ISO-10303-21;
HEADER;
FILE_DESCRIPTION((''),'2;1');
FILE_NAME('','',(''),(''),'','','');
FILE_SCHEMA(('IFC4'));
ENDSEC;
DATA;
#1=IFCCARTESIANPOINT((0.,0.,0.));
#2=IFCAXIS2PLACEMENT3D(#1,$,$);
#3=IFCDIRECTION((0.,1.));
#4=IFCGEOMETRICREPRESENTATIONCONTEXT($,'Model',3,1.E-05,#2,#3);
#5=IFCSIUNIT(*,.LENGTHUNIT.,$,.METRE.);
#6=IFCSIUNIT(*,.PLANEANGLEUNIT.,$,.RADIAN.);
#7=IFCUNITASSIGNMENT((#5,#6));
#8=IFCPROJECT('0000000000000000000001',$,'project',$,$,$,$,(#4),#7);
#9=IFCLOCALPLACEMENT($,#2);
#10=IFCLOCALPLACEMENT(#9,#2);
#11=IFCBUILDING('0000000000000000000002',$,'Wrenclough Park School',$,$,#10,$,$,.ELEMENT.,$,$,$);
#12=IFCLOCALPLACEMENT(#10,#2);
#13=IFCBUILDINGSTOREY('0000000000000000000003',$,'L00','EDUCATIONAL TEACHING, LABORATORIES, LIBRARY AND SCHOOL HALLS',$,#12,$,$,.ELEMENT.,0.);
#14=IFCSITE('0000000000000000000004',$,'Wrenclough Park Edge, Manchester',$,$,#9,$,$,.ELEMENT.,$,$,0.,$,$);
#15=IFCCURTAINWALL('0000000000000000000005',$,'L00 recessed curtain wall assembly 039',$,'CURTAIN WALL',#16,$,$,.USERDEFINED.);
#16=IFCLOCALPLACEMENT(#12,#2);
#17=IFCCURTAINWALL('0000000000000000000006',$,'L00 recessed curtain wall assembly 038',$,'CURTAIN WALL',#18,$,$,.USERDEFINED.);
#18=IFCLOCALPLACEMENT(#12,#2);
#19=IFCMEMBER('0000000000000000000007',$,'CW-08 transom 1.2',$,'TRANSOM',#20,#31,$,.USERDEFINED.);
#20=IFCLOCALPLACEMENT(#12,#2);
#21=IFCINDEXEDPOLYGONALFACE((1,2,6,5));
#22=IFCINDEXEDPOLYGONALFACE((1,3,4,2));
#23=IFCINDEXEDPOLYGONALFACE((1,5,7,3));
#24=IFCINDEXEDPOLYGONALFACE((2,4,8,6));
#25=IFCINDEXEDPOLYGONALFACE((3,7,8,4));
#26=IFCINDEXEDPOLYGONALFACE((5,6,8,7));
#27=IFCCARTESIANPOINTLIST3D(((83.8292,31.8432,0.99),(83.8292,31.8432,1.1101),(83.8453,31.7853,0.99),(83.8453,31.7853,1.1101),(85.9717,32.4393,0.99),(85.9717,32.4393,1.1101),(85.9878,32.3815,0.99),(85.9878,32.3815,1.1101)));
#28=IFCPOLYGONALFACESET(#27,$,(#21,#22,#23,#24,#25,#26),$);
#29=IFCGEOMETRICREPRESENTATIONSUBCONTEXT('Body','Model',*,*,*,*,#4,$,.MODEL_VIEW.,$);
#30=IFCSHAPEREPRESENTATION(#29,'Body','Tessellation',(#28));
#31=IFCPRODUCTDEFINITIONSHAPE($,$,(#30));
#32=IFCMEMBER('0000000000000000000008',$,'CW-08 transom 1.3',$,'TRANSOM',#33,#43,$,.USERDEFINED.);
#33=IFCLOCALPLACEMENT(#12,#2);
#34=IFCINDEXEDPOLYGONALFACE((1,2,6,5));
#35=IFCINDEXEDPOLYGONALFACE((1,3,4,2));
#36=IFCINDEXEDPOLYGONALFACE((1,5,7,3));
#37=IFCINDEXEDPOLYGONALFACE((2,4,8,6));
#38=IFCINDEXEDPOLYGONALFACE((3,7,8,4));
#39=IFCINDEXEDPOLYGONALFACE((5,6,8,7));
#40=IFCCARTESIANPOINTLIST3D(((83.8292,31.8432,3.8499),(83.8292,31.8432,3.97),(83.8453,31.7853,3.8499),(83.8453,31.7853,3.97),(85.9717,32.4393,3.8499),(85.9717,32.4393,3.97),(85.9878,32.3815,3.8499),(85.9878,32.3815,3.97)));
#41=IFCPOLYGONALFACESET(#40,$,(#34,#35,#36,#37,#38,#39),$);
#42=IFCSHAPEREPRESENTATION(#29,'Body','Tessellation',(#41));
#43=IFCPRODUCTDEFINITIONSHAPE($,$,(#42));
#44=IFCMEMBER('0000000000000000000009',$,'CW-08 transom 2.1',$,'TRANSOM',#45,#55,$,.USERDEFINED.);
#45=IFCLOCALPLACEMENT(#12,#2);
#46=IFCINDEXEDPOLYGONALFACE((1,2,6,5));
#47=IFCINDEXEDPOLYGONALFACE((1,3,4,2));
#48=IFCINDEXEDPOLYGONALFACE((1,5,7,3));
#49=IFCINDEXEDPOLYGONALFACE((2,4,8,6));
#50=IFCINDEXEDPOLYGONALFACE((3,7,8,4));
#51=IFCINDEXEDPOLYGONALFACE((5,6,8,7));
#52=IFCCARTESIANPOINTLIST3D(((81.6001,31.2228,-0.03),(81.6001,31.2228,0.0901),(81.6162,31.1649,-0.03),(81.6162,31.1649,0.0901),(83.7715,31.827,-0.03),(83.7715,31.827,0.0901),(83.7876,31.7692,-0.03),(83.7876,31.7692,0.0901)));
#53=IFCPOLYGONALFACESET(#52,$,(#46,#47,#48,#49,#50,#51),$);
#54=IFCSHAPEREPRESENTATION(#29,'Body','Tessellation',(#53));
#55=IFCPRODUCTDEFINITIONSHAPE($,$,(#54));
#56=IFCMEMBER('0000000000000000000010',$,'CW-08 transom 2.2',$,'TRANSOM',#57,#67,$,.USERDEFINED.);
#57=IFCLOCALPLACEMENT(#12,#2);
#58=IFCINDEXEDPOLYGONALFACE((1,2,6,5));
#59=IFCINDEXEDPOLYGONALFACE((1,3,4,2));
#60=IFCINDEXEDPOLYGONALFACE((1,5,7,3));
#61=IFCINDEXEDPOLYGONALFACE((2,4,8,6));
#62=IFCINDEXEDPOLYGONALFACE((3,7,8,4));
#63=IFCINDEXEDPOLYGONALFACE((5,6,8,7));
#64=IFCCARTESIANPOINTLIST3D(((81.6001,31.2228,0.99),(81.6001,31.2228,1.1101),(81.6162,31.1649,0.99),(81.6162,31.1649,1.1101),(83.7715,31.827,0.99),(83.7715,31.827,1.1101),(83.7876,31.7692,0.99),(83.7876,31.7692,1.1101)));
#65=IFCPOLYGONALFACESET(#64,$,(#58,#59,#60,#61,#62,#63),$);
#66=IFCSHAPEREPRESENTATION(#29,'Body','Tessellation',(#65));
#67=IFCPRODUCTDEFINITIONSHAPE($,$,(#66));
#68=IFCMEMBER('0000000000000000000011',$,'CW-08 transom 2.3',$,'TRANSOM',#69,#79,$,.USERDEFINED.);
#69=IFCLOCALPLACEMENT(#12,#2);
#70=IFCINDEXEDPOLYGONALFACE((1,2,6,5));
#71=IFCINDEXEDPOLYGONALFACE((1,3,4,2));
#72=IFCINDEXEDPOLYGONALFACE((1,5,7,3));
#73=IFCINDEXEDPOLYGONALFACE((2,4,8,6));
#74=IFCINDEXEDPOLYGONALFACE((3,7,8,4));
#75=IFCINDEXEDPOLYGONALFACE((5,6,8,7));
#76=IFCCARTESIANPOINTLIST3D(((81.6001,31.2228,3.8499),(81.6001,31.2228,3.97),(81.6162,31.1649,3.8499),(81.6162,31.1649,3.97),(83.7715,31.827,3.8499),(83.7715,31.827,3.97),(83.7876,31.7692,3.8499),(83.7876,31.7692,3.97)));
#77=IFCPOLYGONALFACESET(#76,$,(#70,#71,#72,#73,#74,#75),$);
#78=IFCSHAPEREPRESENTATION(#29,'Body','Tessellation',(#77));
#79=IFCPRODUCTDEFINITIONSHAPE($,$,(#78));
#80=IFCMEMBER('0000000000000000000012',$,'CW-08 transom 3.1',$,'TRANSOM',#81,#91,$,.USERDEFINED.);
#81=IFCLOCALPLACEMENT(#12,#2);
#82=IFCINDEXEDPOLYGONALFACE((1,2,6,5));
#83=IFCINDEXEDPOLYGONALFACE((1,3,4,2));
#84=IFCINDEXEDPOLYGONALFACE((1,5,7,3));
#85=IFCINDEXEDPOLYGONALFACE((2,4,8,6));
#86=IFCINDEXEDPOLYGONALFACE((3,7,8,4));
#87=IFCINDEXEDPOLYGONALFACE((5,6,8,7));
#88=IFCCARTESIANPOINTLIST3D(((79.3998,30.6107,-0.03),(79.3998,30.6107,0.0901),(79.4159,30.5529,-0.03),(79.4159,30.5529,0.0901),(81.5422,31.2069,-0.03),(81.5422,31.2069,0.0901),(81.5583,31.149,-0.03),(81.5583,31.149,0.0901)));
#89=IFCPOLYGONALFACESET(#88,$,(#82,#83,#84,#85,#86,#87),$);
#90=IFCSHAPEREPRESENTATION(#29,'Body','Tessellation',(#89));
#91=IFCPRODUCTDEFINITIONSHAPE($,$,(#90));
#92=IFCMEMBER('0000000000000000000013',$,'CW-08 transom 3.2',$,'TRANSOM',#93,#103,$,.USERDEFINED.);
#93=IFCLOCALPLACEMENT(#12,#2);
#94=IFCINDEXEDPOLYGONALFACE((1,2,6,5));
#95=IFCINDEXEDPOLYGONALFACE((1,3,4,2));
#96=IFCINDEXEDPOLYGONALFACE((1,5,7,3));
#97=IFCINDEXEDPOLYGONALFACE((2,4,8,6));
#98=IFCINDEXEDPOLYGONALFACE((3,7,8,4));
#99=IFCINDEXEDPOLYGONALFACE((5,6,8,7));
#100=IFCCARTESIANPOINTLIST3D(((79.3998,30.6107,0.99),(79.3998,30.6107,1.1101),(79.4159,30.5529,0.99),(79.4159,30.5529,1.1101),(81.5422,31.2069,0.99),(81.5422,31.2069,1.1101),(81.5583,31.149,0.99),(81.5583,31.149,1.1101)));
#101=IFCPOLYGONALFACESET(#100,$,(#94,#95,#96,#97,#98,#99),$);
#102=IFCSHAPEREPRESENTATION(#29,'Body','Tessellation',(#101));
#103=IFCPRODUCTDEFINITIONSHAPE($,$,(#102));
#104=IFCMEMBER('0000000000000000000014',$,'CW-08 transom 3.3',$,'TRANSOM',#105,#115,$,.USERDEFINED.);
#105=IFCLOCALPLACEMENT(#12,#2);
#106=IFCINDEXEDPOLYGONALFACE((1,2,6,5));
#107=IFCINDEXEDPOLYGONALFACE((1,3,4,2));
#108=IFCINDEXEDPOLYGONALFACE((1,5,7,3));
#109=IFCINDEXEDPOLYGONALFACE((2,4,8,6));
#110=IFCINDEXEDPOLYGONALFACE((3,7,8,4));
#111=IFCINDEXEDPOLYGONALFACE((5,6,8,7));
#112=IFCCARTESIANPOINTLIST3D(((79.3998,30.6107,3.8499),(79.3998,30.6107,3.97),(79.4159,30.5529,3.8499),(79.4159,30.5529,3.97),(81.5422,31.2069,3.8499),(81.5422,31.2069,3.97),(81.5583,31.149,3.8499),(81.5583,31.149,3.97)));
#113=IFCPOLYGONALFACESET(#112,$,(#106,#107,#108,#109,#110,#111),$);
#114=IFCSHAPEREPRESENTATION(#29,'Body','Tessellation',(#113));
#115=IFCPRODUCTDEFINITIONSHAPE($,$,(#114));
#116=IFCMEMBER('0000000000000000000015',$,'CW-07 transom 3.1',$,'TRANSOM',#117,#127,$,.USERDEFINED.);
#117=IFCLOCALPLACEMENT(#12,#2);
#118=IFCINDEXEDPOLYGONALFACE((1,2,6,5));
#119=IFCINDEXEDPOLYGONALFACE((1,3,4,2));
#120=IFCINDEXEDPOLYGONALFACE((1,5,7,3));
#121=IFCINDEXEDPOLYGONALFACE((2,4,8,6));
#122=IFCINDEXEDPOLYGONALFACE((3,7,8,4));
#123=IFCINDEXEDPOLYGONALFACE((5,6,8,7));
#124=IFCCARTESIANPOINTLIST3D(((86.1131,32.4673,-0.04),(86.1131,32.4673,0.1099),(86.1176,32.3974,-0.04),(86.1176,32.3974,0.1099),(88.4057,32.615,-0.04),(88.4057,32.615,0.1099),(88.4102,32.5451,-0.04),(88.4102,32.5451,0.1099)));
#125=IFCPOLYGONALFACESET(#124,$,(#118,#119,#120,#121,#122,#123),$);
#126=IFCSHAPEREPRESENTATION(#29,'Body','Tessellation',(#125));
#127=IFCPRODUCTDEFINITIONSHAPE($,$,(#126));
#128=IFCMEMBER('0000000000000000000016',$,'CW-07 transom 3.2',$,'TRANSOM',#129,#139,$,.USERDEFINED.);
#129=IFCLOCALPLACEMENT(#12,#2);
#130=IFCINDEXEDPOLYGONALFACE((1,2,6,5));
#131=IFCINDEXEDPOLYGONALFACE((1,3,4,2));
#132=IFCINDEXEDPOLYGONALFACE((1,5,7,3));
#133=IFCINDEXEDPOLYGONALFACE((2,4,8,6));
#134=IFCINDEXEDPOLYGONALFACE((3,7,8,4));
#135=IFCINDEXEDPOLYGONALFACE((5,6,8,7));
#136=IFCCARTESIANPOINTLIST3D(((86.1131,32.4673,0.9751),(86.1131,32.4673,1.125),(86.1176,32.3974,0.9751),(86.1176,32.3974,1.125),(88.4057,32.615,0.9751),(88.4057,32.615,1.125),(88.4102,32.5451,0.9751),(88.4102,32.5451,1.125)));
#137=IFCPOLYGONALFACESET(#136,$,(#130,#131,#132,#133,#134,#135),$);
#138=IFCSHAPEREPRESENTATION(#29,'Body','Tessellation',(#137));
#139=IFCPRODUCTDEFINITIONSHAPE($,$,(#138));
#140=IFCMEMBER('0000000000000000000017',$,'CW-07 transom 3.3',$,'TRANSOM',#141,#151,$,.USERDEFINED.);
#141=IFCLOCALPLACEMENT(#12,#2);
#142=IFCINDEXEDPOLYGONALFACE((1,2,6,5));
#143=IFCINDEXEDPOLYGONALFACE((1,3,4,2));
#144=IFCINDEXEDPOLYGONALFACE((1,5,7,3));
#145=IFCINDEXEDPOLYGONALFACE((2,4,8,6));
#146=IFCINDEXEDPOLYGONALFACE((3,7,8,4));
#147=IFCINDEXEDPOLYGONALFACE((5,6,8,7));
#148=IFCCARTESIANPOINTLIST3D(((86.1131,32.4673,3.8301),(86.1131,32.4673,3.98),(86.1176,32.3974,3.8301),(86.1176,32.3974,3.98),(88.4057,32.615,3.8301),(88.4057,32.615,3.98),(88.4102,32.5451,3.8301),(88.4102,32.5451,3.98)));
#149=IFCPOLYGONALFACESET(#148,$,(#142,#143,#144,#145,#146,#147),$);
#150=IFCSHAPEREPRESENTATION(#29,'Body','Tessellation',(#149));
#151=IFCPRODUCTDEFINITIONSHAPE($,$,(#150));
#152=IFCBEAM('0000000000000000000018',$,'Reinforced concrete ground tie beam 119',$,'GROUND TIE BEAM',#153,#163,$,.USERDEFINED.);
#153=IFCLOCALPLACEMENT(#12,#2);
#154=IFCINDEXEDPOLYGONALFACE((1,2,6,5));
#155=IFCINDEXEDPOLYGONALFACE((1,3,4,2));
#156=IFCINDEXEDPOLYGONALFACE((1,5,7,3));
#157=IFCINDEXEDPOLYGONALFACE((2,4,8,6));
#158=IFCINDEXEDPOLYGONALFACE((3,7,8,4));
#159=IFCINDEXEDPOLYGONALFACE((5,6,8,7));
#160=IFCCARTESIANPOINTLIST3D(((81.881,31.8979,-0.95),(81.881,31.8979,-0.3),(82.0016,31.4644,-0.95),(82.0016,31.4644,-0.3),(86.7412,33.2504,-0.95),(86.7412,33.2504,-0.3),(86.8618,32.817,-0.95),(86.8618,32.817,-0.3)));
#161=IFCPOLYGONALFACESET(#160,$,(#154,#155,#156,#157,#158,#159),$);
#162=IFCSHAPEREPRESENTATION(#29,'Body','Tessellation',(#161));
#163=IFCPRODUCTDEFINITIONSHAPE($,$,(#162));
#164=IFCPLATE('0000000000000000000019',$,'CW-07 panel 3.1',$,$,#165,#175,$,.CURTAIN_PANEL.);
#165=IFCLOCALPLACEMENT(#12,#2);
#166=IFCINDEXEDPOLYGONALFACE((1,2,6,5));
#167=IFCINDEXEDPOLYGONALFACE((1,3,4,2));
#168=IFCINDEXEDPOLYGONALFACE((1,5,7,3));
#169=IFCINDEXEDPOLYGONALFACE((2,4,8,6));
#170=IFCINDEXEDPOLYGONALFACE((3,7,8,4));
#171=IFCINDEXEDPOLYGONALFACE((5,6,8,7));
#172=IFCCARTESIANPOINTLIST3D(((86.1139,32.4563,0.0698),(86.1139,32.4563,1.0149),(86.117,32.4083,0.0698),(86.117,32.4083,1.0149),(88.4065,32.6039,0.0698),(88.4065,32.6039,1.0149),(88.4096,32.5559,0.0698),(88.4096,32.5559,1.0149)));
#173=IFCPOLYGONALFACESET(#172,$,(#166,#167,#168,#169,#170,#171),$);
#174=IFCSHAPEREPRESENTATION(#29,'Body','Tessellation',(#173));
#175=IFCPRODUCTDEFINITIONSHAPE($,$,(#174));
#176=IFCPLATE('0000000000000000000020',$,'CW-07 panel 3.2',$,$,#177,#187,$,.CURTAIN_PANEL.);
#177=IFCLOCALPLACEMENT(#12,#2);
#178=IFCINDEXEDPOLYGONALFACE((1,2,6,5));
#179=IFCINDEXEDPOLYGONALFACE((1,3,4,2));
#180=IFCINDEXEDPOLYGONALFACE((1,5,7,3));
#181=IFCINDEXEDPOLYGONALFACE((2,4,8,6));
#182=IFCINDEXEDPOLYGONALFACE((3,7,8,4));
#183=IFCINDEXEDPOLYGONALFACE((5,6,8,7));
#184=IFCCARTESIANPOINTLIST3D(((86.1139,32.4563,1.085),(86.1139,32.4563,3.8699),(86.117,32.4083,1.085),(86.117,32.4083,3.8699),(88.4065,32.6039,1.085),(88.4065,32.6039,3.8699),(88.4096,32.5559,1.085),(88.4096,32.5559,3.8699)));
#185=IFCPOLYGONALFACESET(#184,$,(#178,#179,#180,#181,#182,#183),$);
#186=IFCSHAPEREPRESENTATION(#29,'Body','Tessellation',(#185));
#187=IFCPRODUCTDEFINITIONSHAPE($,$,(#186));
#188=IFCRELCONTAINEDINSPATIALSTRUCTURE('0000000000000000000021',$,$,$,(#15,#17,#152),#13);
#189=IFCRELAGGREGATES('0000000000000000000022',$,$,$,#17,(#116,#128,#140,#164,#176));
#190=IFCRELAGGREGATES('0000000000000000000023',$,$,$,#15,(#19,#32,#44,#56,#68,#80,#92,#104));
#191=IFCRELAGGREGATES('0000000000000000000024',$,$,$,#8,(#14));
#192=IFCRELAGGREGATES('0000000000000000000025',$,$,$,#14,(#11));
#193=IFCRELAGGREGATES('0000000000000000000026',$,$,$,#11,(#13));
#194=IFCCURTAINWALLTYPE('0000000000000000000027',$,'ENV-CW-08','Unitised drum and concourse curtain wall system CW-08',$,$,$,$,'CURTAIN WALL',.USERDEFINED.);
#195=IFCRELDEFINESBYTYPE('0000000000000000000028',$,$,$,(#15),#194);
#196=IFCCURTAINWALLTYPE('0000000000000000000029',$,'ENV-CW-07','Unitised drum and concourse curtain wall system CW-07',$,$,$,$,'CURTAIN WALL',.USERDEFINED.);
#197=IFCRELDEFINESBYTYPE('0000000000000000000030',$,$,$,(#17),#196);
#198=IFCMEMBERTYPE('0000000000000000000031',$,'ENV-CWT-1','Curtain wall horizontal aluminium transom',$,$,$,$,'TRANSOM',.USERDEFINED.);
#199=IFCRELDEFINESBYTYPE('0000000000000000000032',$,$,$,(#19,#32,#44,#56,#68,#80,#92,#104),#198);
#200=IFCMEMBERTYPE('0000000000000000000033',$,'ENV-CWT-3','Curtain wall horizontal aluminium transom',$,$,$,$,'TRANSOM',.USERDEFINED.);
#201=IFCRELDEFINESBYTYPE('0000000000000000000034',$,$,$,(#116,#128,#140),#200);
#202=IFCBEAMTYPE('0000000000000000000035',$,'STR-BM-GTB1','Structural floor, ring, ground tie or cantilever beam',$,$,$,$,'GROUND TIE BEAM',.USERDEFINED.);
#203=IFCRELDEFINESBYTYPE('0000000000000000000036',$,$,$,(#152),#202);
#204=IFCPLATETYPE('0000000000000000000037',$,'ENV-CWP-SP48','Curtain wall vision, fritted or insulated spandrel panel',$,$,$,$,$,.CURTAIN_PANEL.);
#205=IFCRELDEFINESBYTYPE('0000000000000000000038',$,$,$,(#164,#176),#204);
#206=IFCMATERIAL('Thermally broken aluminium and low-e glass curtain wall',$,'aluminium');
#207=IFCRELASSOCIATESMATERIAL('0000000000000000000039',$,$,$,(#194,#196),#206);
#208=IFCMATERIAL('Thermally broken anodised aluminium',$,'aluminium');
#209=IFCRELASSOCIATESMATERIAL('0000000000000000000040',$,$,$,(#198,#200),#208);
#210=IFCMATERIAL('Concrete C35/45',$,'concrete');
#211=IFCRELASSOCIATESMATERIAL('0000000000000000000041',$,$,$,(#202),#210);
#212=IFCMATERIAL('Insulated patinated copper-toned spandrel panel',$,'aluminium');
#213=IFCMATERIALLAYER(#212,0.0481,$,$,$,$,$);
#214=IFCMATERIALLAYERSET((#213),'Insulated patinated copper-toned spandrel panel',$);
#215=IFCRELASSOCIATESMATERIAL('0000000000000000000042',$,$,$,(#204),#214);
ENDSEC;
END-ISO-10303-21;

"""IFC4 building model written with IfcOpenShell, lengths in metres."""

from ifc_helpers import new_model, si_unit, direction, frame, origin, origin_2d, place, context, subcontext, project, spatial, rectangle, extrude, material, layer, layer_set, material_profile, profile_set, type_object, element, aggregate, save


model = new_model("IFC4")

# Units and contexts
model_context = context("Model", 3, precision=1e-05, world=origin(), true_north=direction((0.0, 1.0)))
body_context = subcontext(model_context, "Body", "Model", "MODEL_VIEW")
ifc_project = project(units=[si_unit("LENGTHUNIT", "METRE"), si_unit("PLANEANGLEUNIT", "RADIAN")], contexts=[model_context])

# Site, building, storey
site_placement = place(None, origin())
site = spatial("IfcSite", under=ifc_project, at=site_placement, Name="Wrenclough Park Edge, Manchester", CompositionType="ELEMENT", RefElevation=0.0)
building_placement = place(site_placement, origin())
building = spatial("IfcBuilding", under=site, at=building_placement, Name="Wrenclough Park School", CompositionType="ELEMENT")
storey_placement = place(building_placement, origin())
storey = spatial("IfcBuildingStorey", under=building, at=storey_placement, Name="L00", Description="EDUCATIONAL TEACHING, LABORATORIES, LIBRARY AND SCHOOL HALLS", CompositionType="ELEMENT", Elevation=0.0)

# Shared definitions
ifc_material_1 = material(Name="Concrete C35/45", Category="concrete")

# Curtain walls
ifc_material_2 = material(Name="Thermally broken aluminium and low-e glass curtain wall", Category="aluminium")
curtain_wall_type_1 = type_object("IfcCurtainWallType", Name="ENV-CW-08", Description="Unitised drum and concourse curtain wall system CW-08", ElementType="CURTAIN WALL", PredefinedType="USERDEFINED", material=ifc_material_2)
curtain_wall_1_placement = place(storey_placement, origin())
curtain_wall_1 = element("IfcCurtainWall", 1, at=curtain_wall_1_placement, inside=storey, type_object=curtain_wall_type_1, Name="L00 recessed curtain wall assembly 039", ObjectType="CURTAIN WALL", PredefinedType="USERDEFINED")
ifc_material_3 = material(Name="Thermally broken anodised aluminium", Category="aluminium")
curtain_wall_type_2 = type_object("IfcCurtainWallType", Name="ENV-CW-07", Description="Unitised drum and concourse curtain wall system CW-07", ElementType="CURTAIN WALL", PredefinedType="USERDEFINED", material=ifc_material_2)
curtain_wall_2_placement = place(storey_placement, origin())
curtain_wall_2 = element("IfcCurtainWall", 2, at=curtain_wall_2_placement, inside=storey, type_object=curtain_wall_type_2, Name="L00 recessed curtain wall assembly 038", ObjectType="CURTAIN WALL", PredefinedType="USERDEFINED")

# Members
ifc_material_profile_1 = material_profile(ifc_material_3, rectangle(XDim=0.0601, YDim=0.1201, at=origin_2d()), Name="AL TRANSOM 60x120")
ifc_profile_set_1 = profile_set([ifc_material_profile_1], Name="Thermally broken anodised aluminium")
member_type_1 = type_object("IfcMemberType", Name="ENV-CWT-1", Description="Curtain wall horizontal aluminium transom", ElementType="TRANSOM", PredefinedType="USERDEFINED", material=ifc_profile_set_1)
member_1_placement = place(storey_placement, frame((85.9797, 32.4104, 1.05), z_axis=(-0.963398, -0.268074, 0.0), x_axis=(0.268074, -0.963398, 0.0)))
member_1 = element("IfcMember", 3, at=member_1_placement, type_object=member_type_1, Name="CW-08 transom 1.2", ObjectType="TRANSOM", PredefinedType="USERDEFINED", context=body_context, shape_type="SweptSolid", body=[
    extrude(rectangle(XDim=0.0601, YDim=0.1201, at=origin_2d()), origin(), (0.0, 0.0, 1.0), 2.2239),
])
member_2_placement = place(storey_placement, frame((85.9797, 32.4104, 3.9099), z_axis=(-0.963398, -0.268074, 0.0), x_axis=(0.268074, -0.963398, 0.0)))
member_2 = element("IfcMember", 4, at=member_2_placement, type_object=member_type_1, Name="CW-08 transom 1.3", ObjectType="TRANSOM", PredefinedType="USERDEFINED", context=body_context, shape_type="SweptSolid", body=[
    extrude(rectangle(XDim=0.0601, YDim=0.1201, at=origin_2d()), origin(), (0.0, 0.0, 1.0), 2.2239),
])
member_3_placement = place(storey_placement, frame((83.7795, 31.7981, 0.03), z_axis=(-0.963394, -0.268091, 0.0), x_axis=(0.268091, -0.963394, 0.0)))
member_3 = element("IfcMember", 5, at=member_3_placement, type_object=member_type_1, Name="CW-08 transom 2.1", ObjectType="TRANSOM", PredefinedType="USERDEFINED", context=body_context, shape_type="SweptSolid", body=[
    extrude(rectangle(XDim=0.0601, YDim=0.1201, at=origin_2d()), origin(), (0.0, 0.0, 1.0), 2.2539),
])
member_4_placement = place(storey_placement, frame((83.7795, 31.7981, 1.05), z_axis=(-0.963394, -0.268091, 0.0), x_axis=(0.268091, -0.963394, 0.0)))
member_4 = element("IfcMember", 6, at=member_4_placement, type_object=member_type_1, Name="CW-08 transom 2.2", ObjectType="TRANSOM", PredefinedType="USERDEFINED", context=body_context, shape_type="SweptSolid", body=[
    extrude(rectangle(XDim=0.0601, YDim=0.1201, at=origin_2d()), origin(), (0.0, 0.0, 1.0), 2.2539),
])
member_5_placement = place(storey_placement, frame((83.7795, 31.7981, 3.9099), z_axis=(-0.963394, -0.268091, 0.0), x_axis=(0.268091, -0.963394, 0.0)))
member_5 = element("IfcMember", 7, at=member_5_placement, type_object=member_type_1, Name="CW-08 transom 2.3", ObjectType="TRANSOM", PredefinedType="USERDEFINED", context=body_context, shape_type="SweptSolid", body=[
    extrude(rectangle(XDim=0.0601, YDim=0.1201, at=origin_2d()), origin(), (0.0, 0.0, 1.0), 2.2539),
])
member_6_placement = place(storey_placement, frame((81.5503, 31.178, 0.03), z_axis=(-0.963398, -0.268074, 0.0), x_axis=(0.268074, -0.963398, 0.0)))
member_6 = element("IfcMember", 8, at=member_6_placement, type_object=member_type_1, Name="CW-08 transom 3.1", ObjectType="TRANSOM", PredefinedType="USERDEFINED", context=body_context, shape_type="SweptSolid", body=[
    extrude(rectangle(XDim=0.0601, YDim=0.1201, at=origin_2d()), origin(), (0.0, 0.0, 1.0), 2.2239),
])
member_7_placement = place(storey_placement, frame((81.5503, 31.178, 1.05), z_axis=(-0.963398, -0.268074, 0.0), x_axis=(0.268074, -0.963398, 0.0)))
member_7 = element("IfcMember", 9, at=member_7_placement, type_object=member_type_1, Name="CW-08 transom 3.2", ObjectType="TRANSOM", PredefinedType="USERDEFINED", context=body_context, shape_type="SweptSolid", body=[
    extrude(rectangle(XDim=0.0601, YDim=0.1201, at=origin_2d()), origin(), (0.0, 0.0, 1.0), 2.2239),
])
member_8_placement = place(storey_placement, frame((81.5503, 31.178, 3.9099), z_axis=(-0.963398, -0.268074, 0.0), x_axis=(0.268074, -0.963398, 0.0)))
member_8 = element("IfcMember", 10, at=member_8_placement, type_object=member_type_1, Name="CW-08 transom 3.3", ObjectType="TRANSOM", PredefinedType="USERDEFINED", context=body_context, shape_type="SweptSolid", body=[
    extrude(rectangle(XDim=0.0601, YDim=0.1201, at=origin_2d()), origin(), (0.0, 0.0, 1.0), 2.2239),
])
ifc_material_profile_2 = material_profile(ifc_material_3, rectangle(XDim=0.0701, YDim=0.1499, at=origin_2d()), Name="AL TRANSOM 70x150")
ifc_profile_set_2 = profile_set([ifc_material_profile_2], Name="Thermally broken anodised aluminium")
member_type_2 = type_object("IfcMemberType", Name="ENV-CWT-3", Description="Curtain wall horizontal aluminium transom", ElementType="TRANSOM", PredefinedType="USERDEFINED", material=ifc_profile_set_2)
member_9_placement = place(storey_placement, frame((88.408, 32.5801, 0.0349), z_axis=(-0.997931, -0.06429, 0.0), x_axis=(0.06429, -0.997931, 0.0)))
member_9 = element("IfcMember", 11, at=member_9_placement, type_object=member_type_2, Name="CW-07 transom 3.1", ObjectType="TRANSOM", PredefinedType="USERDEFINED", context=body_context, shape_type="SweptSolid", body=[
    extrude(rectangle(XDim=0.0701, YDim=0.1499, at=origin_2d()), origin(), (0.0, 0.0, 1.0), 2.2974),
])
member_10_placement = place(storey_placement, frame((88.408, 32.5801, 1.05), z_axis=(-0.997931, -0.06429, 0.0), x_axis=(0.06429, -0.997931, 0.0)))
member_10 = element("IfcMember", 12, at=member_10_placement, type_object=member_type_2, Name="CW-07 transom 3.2", ObjectType="TRANSOM", PredefinedType="USERDEFINED", context=body_context, shape_type="SweptSolid", body=[
    extrude(rectangle(XDim=0.0701, YDim=0.1499, at=origin_2d()), origin(), (0.0, 0.0, 1.0), 2.2974),
])
member_11_placement = place(storey_placement, frame((88.408, 32.5801, 3.905), z_axis=(-0.997931, -0.06429, 0.0), x_axis=(0.06429, -0.997931, 0.0)))
member_11 = element("IfcMember", 13, at=member_11_placement, type_object=member_type_2, Name="CW-07 transom 3.3", ObjectType="TRANSOM", PredefinedType="USERDEFINED", context=body_context, shape_type="SweptSolid", body=[
    extrude(rectangle(XDim=0.0701, YDim=0.1499, at=origin_2d()), origin(), (0.0, 0.0, 1.0), 2.2974),
])

# Beam
ifc_material_profile_3 = material_profile(ifc_material_1, rectangle(XDim=0.45, YDim=0.6499, at=origin_2d()), Name="RC GROUND 450x650")
ifc_profile_set_3 = profile_set([ifc_material_profile_3], Name="Concrete C35/45")
beam_type = type_object("IfcBeamType", Name="STR-BM-GTB1", Description="Structural floor, ring, ground tie or cantilever beam", ElementType="GROUND TIE BEAM", PredefinedType="USERDEFINED", material=ifc_profile_set_3)
beam_placement = place(storey_placement, frame((86.8015, 33.0337, -0.625), z_axis=(-0.96339, -0.268106, 0.0), x_axis=(0.268106, -0.96339, 0.0)))
element("IfcBeam", 14, at=beam_placement, inside=storey, type_object=beam_type, Name="Reinforced concrete ground tie beam 119", ObjectType="GROUND TIE BEAM", PredefinedType="USERDEFINED", context=body_context, shape_type="SweptSolid", body=[
    extrude(rectangle(XDim=0.45, YDim=0.6499, at=origin_2d()), origin(), (0.0, 0.0, 1.0), 5.0449),
])

# Plates
ifc_material_4 = material(Name="Insulated patinated copper-toned spandrel panel", Category="aluminium")
ifc_layer_1 = layer(ifc_material_4, 0.0481)
ifc_layer_set_1 = layer_set([ifc_layer_1], Name="Insulated patinated copper-toned spandrel panel")
plate_type_1 = type_object("IfcPlateType", Name="ENV-CWP-SP48", Description="Curtain wall vision, fritted or insulated spandrel panel", PredefinedType="CURTAIN_PANEL", material=ifc_layer_set_1)
plate_1_placement = place(storey_placement, frame((87.2617, 32.5061, 0.0698), z_axis=(0.0, 0.0, 1.0), x_axis=(-0.997933, -0.064259, 0.0)))
plate_1 = element("IfcPlate", 15, at=plate_1_placement, type_object=plate_type_1, Name="CW-07 panel 3.1", PredefinedType="CURTAIN_PANEL", context=body_context, shape_type="SweptSolid", body=[
    extrude(rectangle(XDim=2.2974, YDim=0.0481, at=origin_2d()), origin(), (0.0, 0.0, 1.0), 0.9451),
])
plate_2_placement = place(storey_placement, frame((87.2617, 32.5061, 1.085), z_axis=(0.0, 0.0, 1.0), x_axis=(-0.997933, -0.064259, 0.0)))
plate_2 = element("IfcPlate", 16, at=plate_2_placement, type_object=plate_type_1, Name="CW-07 panel 3.2", PredefinedType="CURTAIN_PANEL", context=body_context, shape_type="SweptSolid", body=[
    extrude(rectangle(XDim=2.2974, YDim=0.0481, at=origin_2d()), origin(), (0.0, 0.0, 1.0), 2.7849),
])
aggregate(curtain_wall_2, [member_9, member_10, member_11, plate_1, plate_2])
aggregate(curtain_wall_1, [member_1, member_2, member_3, member_4, member_5, member_6, member_7, member_8])

save(model, "model.ifc")
